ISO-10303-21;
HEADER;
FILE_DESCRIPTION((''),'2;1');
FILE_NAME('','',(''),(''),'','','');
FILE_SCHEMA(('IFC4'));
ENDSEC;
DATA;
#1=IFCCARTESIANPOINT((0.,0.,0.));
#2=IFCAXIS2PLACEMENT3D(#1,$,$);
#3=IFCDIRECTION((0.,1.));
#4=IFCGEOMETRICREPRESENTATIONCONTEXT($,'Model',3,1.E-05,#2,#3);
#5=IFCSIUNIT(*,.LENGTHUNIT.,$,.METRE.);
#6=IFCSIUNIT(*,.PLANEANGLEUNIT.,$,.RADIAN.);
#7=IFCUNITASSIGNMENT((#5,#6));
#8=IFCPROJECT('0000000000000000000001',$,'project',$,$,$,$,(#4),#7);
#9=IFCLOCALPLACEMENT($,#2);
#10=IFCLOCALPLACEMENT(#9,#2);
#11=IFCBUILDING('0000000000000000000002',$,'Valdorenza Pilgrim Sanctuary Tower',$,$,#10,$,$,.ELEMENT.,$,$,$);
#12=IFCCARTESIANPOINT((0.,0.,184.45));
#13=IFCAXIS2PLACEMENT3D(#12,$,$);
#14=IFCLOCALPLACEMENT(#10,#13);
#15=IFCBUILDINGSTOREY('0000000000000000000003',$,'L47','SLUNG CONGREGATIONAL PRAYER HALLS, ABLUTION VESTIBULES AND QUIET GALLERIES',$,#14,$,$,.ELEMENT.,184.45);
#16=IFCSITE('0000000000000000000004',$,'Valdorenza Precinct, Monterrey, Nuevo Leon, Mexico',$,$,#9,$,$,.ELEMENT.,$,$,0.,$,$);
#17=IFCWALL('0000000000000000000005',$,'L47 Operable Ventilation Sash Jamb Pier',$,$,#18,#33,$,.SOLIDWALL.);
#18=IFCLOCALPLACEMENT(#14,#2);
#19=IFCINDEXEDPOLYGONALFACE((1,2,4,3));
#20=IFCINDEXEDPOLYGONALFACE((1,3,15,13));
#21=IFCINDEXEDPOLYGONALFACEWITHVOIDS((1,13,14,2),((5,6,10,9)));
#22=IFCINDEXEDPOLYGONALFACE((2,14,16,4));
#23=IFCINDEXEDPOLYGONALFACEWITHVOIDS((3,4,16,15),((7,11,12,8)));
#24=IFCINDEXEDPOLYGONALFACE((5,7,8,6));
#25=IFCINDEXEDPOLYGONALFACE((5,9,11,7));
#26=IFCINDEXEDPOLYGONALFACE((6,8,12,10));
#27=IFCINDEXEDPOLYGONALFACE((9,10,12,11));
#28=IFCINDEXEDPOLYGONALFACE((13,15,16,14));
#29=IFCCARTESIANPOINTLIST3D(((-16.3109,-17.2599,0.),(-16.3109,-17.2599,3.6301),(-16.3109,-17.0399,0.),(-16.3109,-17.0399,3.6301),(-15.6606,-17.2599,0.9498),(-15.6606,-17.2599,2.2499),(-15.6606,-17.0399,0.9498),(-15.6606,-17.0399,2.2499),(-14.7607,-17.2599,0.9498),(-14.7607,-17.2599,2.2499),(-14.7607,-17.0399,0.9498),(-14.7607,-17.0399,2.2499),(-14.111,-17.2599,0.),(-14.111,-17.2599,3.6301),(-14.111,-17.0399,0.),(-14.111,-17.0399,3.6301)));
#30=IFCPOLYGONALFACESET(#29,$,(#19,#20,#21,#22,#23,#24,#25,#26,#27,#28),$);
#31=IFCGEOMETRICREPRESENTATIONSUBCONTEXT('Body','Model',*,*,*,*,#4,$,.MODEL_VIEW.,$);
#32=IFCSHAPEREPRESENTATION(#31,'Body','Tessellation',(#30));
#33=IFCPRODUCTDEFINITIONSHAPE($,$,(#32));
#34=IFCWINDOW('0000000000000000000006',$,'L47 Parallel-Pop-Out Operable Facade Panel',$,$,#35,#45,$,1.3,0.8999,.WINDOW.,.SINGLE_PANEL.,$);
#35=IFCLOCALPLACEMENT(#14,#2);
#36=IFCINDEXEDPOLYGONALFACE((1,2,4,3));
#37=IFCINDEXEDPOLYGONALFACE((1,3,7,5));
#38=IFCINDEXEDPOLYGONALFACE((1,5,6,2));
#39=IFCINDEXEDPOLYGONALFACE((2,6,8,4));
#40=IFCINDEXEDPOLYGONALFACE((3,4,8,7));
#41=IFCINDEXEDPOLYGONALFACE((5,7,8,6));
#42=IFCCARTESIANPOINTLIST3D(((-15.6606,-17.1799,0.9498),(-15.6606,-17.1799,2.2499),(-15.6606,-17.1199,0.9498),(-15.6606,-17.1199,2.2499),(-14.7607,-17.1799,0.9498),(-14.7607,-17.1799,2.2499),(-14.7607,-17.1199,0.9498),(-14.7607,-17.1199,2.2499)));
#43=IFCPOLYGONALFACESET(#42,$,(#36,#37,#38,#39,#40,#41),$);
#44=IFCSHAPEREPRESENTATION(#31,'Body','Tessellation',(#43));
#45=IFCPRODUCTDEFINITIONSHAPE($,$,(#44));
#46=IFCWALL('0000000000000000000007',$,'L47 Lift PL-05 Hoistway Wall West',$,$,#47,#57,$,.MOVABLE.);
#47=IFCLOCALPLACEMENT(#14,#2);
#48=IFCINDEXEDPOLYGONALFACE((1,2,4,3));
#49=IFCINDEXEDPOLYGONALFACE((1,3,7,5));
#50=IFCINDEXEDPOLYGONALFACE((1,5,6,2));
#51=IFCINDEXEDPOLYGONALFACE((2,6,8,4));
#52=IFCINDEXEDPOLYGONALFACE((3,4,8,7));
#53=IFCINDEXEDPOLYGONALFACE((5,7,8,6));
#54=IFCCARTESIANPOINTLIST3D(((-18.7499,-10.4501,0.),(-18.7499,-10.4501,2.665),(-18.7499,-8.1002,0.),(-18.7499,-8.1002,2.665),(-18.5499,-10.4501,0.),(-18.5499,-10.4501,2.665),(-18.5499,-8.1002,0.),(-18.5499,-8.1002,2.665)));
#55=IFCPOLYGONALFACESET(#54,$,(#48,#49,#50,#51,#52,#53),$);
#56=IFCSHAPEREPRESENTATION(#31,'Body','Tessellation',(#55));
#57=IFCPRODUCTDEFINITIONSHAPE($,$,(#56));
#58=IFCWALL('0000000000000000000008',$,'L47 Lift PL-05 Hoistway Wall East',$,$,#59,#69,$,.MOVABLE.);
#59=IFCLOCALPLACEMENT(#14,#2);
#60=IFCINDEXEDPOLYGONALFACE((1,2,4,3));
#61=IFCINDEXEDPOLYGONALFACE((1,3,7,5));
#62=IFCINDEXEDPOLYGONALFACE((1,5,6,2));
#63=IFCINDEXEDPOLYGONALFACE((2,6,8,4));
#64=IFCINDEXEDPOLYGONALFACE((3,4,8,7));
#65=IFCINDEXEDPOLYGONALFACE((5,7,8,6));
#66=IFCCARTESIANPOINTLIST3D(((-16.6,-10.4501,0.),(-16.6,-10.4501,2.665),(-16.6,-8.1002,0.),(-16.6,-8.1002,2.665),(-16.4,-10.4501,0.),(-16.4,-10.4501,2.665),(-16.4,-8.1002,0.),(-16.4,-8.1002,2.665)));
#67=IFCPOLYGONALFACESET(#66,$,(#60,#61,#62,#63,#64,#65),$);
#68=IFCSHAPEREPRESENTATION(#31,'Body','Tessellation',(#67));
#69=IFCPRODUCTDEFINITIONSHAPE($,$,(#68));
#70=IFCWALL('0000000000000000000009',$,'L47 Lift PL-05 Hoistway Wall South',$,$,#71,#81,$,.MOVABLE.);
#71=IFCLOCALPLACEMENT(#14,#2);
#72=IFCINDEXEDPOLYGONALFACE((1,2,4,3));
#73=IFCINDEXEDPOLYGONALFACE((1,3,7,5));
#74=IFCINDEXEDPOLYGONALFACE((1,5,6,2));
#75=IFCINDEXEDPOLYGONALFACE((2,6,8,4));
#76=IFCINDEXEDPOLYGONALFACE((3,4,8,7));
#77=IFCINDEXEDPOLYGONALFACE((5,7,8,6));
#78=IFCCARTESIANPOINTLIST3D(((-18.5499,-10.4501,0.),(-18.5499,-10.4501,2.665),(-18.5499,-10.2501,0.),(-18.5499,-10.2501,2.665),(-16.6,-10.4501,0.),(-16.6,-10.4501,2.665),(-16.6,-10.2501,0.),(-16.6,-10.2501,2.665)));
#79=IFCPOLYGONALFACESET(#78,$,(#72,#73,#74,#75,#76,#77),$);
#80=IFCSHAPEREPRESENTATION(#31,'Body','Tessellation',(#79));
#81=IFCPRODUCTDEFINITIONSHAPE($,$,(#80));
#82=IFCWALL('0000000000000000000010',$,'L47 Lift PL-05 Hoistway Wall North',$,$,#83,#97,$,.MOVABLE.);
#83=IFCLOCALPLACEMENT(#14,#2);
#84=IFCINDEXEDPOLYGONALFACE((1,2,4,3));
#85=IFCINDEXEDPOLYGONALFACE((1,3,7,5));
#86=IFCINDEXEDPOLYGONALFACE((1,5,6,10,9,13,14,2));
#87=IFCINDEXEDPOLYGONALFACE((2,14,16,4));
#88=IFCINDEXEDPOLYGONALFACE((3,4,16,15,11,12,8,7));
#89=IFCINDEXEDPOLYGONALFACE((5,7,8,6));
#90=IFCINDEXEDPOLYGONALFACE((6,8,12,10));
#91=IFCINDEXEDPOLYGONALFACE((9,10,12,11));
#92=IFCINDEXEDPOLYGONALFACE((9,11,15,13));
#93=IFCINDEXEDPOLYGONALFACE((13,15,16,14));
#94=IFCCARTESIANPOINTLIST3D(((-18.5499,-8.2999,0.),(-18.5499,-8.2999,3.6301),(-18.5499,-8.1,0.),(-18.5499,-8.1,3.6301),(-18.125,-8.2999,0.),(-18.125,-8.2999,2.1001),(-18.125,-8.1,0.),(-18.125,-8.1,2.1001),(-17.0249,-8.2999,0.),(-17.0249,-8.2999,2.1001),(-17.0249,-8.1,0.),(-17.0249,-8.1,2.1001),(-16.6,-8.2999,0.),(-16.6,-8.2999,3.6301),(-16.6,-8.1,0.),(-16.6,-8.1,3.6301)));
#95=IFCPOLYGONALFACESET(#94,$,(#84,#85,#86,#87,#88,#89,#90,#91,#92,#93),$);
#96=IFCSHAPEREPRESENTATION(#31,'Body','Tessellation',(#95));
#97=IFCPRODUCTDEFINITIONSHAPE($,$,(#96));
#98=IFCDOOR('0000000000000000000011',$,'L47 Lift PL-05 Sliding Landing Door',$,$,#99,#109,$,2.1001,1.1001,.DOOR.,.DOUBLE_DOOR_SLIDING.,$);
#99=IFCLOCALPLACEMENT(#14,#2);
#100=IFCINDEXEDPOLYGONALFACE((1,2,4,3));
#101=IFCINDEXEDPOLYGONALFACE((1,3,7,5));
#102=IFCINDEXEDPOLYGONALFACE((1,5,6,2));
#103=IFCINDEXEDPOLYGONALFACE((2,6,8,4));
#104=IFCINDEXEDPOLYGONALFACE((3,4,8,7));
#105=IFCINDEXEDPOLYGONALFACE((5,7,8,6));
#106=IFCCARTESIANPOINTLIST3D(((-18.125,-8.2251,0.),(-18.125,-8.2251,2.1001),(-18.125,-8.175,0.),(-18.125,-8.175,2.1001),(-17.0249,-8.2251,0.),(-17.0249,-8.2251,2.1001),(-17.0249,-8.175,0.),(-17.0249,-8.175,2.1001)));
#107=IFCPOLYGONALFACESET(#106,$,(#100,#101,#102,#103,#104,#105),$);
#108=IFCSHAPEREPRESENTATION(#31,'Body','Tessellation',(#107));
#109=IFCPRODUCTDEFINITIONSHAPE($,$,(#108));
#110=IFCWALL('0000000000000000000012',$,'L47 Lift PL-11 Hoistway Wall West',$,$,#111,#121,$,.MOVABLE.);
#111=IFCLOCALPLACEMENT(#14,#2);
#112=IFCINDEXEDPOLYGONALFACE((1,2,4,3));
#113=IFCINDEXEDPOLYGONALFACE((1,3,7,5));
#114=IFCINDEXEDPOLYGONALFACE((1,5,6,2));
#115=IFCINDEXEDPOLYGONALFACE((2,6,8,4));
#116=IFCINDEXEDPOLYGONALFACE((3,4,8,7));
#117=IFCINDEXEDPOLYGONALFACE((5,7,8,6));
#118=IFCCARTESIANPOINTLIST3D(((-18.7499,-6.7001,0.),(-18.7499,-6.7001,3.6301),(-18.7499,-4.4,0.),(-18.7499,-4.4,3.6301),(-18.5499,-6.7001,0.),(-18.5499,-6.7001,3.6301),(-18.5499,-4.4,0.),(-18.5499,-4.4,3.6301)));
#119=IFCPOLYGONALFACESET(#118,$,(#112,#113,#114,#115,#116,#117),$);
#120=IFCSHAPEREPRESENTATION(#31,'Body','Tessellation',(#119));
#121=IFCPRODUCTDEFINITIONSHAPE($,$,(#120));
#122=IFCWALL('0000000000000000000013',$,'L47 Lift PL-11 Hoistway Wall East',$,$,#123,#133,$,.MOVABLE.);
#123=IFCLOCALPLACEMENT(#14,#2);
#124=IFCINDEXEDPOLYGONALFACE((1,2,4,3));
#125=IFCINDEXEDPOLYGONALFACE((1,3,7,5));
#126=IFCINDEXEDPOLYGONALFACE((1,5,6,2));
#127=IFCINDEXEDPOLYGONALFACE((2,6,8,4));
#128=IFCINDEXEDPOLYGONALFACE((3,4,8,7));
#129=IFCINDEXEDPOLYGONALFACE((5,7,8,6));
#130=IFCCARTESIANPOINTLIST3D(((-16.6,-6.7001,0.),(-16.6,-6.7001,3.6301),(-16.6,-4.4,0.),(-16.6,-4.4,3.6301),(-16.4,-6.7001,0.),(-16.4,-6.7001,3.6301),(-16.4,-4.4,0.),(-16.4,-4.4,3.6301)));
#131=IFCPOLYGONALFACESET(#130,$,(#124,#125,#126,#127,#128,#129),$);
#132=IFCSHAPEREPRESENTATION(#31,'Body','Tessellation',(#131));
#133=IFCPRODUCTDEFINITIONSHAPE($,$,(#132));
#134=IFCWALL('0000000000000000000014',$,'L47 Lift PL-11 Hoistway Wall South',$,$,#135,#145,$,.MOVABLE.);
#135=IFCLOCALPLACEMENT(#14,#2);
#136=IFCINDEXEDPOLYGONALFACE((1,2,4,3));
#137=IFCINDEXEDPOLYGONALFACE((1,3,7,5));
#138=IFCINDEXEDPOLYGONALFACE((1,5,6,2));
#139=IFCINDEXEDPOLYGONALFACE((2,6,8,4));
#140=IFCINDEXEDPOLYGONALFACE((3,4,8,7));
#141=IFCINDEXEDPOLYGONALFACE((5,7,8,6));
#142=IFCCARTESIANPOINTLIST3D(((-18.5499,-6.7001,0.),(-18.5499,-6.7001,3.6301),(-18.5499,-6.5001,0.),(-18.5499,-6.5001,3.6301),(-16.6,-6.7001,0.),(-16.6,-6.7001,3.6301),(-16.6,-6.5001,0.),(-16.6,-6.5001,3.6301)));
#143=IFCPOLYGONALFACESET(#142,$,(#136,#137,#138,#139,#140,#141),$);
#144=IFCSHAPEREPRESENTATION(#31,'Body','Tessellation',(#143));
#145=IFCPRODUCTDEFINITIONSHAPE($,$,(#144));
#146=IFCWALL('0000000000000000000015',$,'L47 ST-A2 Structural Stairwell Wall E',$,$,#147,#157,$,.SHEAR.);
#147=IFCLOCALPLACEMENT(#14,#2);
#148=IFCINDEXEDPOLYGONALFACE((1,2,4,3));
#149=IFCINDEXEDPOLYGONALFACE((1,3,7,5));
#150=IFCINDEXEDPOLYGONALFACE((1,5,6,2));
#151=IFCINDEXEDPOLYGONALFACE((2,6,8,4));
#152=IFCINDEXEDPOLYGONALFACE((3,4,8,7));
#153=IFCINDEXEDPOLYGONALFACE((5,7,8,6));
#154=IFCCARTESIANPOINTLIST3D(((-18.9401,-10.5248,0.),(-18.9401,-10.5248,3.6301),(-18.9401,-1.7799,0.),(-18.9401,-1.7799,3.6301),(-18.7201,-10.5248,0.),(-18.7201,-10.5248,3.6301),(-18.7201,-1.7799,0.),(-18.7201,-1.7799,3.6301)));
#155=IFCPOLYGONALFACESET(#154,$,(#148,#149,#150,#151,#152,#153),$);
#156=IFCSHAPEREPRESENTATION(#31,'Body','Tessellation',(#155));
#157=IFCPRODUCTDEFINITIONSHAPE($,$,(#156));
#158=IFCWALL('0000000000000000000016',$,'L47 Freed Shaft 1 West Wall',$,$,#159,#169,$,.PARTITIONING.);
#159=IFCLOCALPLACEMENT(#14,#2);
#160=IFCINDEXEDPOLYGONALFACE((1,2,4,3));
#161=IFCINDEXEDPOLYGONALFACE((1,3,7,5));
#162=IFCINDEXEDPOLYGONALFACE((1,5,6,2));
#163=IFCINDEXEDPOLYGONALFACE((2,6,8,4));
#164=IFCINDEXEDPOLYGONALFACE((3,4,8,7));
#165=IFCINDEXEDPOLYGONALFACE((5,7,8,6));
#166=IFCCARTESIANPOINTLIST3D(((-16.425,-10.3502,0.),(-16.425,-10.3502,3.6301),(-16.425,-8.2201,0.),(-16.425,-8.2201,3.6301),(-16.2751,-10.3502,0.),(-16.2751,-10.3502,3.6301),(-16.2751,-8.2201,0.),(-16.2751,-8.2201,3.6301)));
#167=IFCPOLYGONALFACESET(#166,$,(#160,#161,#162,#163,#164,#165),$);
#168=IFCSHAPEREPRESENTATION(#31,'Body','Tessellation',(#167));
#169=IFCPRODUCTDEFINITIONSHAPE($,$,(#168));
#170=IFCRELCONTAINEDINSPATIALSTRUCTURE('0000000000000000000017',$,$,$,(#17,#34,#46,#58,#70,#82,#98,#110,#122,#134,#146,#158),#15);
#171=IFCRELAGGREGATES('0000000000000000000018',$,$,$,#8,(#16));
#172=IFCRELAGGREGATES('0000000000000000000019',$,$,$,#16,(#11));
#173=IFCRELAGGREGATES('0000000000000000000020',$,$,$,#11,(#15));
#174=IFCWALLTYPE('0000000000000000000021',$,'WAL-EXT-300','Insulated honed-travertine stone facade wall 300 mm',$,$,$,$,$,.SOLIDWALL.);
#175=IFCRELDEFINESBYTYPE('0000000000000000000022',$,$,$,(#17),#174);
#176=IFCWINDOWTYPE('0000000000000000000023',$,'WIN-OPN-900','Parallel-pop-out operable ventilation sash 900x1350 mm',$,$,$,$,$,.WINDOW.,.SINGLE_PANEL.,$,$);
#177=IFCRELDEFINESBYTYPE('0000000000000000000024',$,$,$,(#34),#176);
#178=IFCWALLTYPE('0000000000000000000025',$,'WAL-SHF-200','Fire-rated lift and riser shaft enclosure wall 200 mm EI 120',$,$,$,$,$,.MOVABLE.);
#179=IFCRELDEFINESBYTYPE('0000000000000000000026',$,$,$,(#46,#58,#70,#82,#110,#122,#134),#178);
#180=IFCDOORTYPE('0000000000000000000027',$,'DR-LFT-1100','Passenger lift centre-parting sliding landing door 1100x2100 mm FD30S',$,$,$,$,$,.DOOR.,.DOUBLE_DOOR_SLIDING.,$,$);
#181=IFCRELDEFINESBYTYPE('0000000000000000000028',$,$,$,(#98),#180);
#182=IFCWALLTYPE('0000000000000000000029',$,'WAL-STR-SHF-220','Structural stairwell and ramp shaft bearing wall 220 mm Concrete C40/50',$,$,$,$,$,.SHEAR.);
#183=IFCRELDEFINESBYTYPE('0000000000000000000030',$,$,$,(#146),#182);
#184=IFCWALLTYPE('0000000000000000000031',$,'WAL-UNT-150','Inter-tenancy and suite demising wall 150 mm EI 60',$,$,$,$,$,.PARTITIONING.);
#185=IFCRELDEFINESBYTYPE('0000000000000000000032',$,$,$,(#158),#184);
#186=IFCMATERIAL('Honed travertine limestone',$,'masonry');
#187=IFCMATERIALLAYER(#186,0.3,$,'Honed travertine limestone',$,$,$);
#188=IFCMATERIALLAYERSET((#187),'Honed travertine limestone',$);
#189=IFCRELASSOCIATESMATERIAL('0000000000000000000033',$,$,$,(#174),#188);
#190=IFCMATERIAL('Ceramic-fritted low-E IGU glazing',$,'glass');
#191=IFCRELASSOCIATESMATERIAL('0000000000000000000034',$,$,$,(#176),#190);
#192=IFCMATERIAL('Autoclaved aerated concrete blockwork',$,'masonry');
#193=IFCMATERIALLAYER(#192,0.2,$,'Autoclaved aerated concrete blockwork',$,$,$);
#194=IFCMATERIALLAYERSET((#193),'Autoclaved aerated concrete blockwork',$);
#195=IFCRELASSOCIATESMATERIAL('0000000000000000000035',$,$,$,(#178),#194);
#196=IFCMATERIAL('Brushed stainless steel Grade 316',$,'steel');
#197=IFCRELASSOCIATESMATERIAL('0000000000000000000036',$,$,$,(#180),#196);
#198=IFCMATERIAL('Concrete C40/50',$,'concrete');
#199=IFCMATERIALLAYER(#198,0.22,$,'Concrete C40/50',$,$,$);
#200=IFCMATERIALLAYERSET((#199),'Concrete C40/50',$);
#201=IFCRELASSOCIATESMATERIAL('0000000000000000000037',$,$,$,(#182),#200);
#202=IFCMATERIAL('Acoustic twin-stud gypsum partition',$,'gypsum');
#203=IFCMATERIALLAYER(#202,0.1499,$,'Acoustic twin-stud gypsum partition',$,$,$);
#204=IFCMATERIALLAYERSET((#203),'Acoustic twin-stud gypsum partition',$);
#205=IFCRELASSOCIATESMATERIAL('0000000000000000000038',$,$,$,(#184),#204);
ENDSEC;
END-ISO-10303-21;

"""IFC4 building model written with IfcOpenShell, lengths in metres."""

from ifc_helpers import new_model, si_unit, direction, frame, frame_2d, origin, place, context, subcontext, project, spatial, rectangle, extrude, material, layer, layer_set, type_object, element, fill, save


model = new_model("IFC4")

# Units and contexts
model_context = context("Model", 3, precision=1e-05, world=origin(), true_north=direction((0.0, 1.0)))
body_context = subcontext(model_context, "Body", "Model", "MODEL_VIEW")
ifc_project = project(units=[si_unit("LENGTHUNIT", "METRE"), si_unit("PLANEANGLEUNIT", "RADIAN")], contexts=[model_context])

# Site, building, storey
site_placement = place(None, origin())
site = spatial("IfcSite", under=ifc_project, at=site_placement, Name="Valdorenza Precinct, Monterrey, Nuevo Leon, Mexico", CompositionType="ELEMENT", RefElevation=0.0)
building_placement = place(site_placement, origin())
building = spatial("IfcBuilding", under=site, at=building_placement, Name="Valdorenza Pilgrim Sanctuary Tower", CompositionType="ELEMENT")
storey_placement = place(building_placement, frame((0.0, 0.0, 184.45)))
storey = spatial("IfcBuildingStorey", under=building, at=storey_placement, Name="L47", Description="SLUNG CONGREGATIONAL PRAYER HALLS, ABLUTION VESTIBULES AND QUIET GALLERIES", CompositionType="ELEMENT", Elevation=184.45)

# Shared definitions
ifc_material_1 = material(Name="Honed travertine limestone", Category="masonry")
ifc_material_2 = material(Name="Ceramic-fritted low-E IGU glazing", Category="glass")

# Shared definitions
ifc_material_3 = material(Name="Acoustic twin-stud gypsum partition", Category="gypsum")

# Wall, opening, window
ifc_layer_1 = layer(ifc_material_1, 0.3, Name="Honed travertine limestone")
ifc_layer_set_1 = layer_set([ifc_layer_1], Name="Honed travertine limestone")
wall_type_1 = type_object("IfcWallType", Name="WAL-EXT-300", Description="Insulated honed-travertine stone facade wall 300 mm", PredefinedType="SOLIDWALL", material=ifc_layer_set_1)
wall_1_placement = place(storey_placement, frame((-14.1108, -17.1499, 0.0), z_axis=(0.0, 0.0, 1.0), x_axis=(-1.0, 0.0, 0.0)))
wall_1 = element("IfcWall", 1, at=wall_1_placement, inside=storey, type_object=wall_type_1, Name="L47 Operable Ventilation Sash Jamb Pier", PredefinedType="SOLIDWALL", context=body_context, shape_type="SweptSolid", body=[
    extrude(rectangle(XDim=2.2, YDim=0.22, at=frame_2d((1.1001, 0.0))), origin(), (0.0, 0.0, 1.0), 3.6301),
])
opening_1_placement = place(wall_1_placement, frame((0.6499, 0.0, 0.95)))
opening_1 = element("IfcOpeningElement", 2, at=opening_1_placement, cuts=wall_1, PredefinedType="OPENING", context=body_context, shape_type="SweptSolid", body=[
    extrude(rectangle(XDim=0.8999, YDim=1.3, at=frame_2d((0.45, 0.6499))), frame((0.0, 0.125, 0.0), z_axis=(0.0, -1.0, 0.0), x_axis=(1.0, 0.0, 0.0)), (0.0, 0.0, 1.0), 0.2498),
])
window_type = type_object("IfcWindowType", Name="WIN-OPN-900", Description="Parallel-pop-out operable ventilation sash 900x1350 mm", PartitioningType="SINGLE_PANEL", PredefinedType="WINDOW", material=ifc_material_2)
window_placement = place(opening_1_placement, origin())
window = element("IfcWindow", 3, at=window_placement, inside=storey, type_object=window_type, Name="L47 Parallel-Pop-Out Operable Facade Panel", OverallHeight=1.3, OverallWidth=0.8999, PartitioningType="SINGLE_PANEL", PredefinedType="WINDOW", context=body_context, shape_type="SweptSolid", body=[
    extrude(rectangle(XDim=0.8999, YDim=1.3, at=frame_2d((0.45, 0.6499))), frame((0.0, 0.03, 0.0), z_axis=(0.0, -1.0, 0.0), x_axis=(1.0, 0.0, 0.0)), (0.0, 0.0, 1.0), 0.0601),
])
fill(opening_1, window)

# Walls
ifc_material_4 = material(Name="Autoclaved aerated concrete blockwork", Category="masonry")
ifc_layer_2 = layer(ifc_material_4, 0.2, Name="Autoclaved aerated concrete blockwork")
ifc_layer_set_2 = layer_set([ifc_layer_2], Name="Autoclaved aerated concrete blockwork")
wall_type_2 = type_object("IfcWallType", Name="WAL-SHF-200", Description="Fire-rated lift and riser shaft enclosure wall 200 mm EI 120", PredefinedType="MOVABLE", material=ifc_layer_set_2)
for number, where, z_axis, x_axis, name in (
    (4, (-18.6499, -10.45, 0.0), (0.0, 0.0, 1.0), (0.0, 1.0, 0.0), "L47 Lift PL-05 Hoistway Wall West"),
    (5, (-16.5, -10.45, 0.0), (0.0, 0.0, 1.0), (0.0, 1.0, 0.0), "L47 Lift PL-05 Hoistway Wall East"),
):
    element("IfcWall", number, at=place(storey_placement, frame(where, z_axis=z_axis, x_axis=x_axis)), inside=storey, type_object=wall_type_2, Name=name, PredefinedType="MOVABLE", context=body_context, shape_type="SweptSolid", body=[
        extrude(rectangle(XDim=2.3499, YDim=0.2, at=frame_2d((1.1748, 0.0))), origin(), (0.0, 0.0, 1.0), 2.665),
    ])
wall_2_placement = place(storey_placement, frame((-18.55, -10.3501, 0.0), z_axis=(0.0, 0.0, 1.0), x_axis=(1.0, 0.0, 0.0)))
element("IfcWall", 6, at=wall_2_placement, inside=storey, type_object=wall_type_2, Name="L47 Lift PL-05 Hoistway Wall South", PredefinedType="MOVABLE", context=body_context, shape_type="SweptSolid", body=[
    extrude(rectangle(XDim=1.95, YDim=0.2, at=frame_2d((0.9751, 0.0))), origin(), (0.0, 0.0, 1.0), 2.665),
])

# Wall, opening, door
wall_3_placement = place(storey_placement, frame((-18.55, -8.2, 0.0), z_axis=(0.0, 0.0, 1.0), x_axis=(1.0, 0.0, 0.0)))
wall_3 = element("IfcWall", 7, at=wall_3_placement, inside=storey, type_object=wall_type_2, Name="L47 Lift PL-05 Hoistway Wall North", PredefinedType="MOVABLE", context=body_context, shape_type="SweptSolid", body=[
    extrude(rectangle(XDim=1.95, YDim=0.2, at=frame_2d((0.9751, 0.0))), origin(), (0.0, 0.0, 1.0), 3.6301),
])
opening_2_placement = place(wall_3_placement, frame((0.425, 0.0, 0.0)))
opening_2 = element("IfcOpeningElement", 8, at=opening_2_placement, cuts=wall_3, PredefinedType="OPENING", context=body_context, shape_type="SweptSolid", body=[
    extrude(rectangle(XDim=1.1001, YDim=2.1001, at=frame_2d((0.55, 1.05))), frame((0.0, 0.1147, 0.0), z_axis=(0.0, -1.0, 0.0), x_axis=(1.0, 0.0, 0.0)), (0.0, 0.0, 1.0), 0.2297),
])
ifc_material_5 = material(Name="Brushed stainless steel Grade 316", Category="steel")
door_type_1 = type_object("IfcDoorType", Name="DR-LFT-1100", Description="Passenger lift centre-parting sliding landing door 1100x2100 mm FD30S", OperationType="DOUBLE_DOOR_SLIDING", PredefinedType="DOOR", material=ifc_material_5)
door_1_placement = place(opening_2_placement, origin())
door_1 = element("IfcDoor", 9, at=door_1_placement, inside=storey, type_object=door_type_1, Name="L47 Lift PL-05 Sliding Landing Door", OperationType="DOUBLE_DOOR_SLIDING", OverallHeight=2.1001, OverallWidth=1.1001, PredefinedType="DOOR", context=body_context, shape_type="SweptSolid", body=[
    extrude(rectangle(XDim=1.1001, YDim=2.1001, at=frame_2d((0.55, 1.05))), frame((0.0, 0.0249, 0.0), z_axis=(0.0, -1.0, 0.0), x_axis=(1.0, 0.0, 0.0)), (0.0, 0.0, 1.0), 0.05),
])
fill(opening_2, door_1)

# Walls
for number, where, z_axis, x_axis, name in (
    (10, (-18.6499, -6.7, 0.0), (0.0, 0.0, 1.0), (0.0, 1.0, 0.0), "L47 Lift PL-11 Hoistway Wall West"),
    (11, (-16.5, -6.7, 0.0), (0.0, 0.0, 1.0), (0.0, 1.0, 0.0), "L47 Lift PL-11 Hoistway Wall East"),
):
    element("IfcWall", number, at=place(storey_placement, frame(where, z_axis=z_axis, x_axis=x_axis)), inside=storey, type_object=wall_type_2, Name=name, PredefinedType="MOVABLE", context=body_context, shape_type="SweptSolid", body=[
        extrude(rectangle(XDim=2.3, YDim=0.2, at=frame_2d((1.1499, 0.0))), origin(), (0.0, 0.0, 1.0), 3.6301),
    ])
wall_4_placement = place(storey_placement, frame((-18.55, -6.6001, 0.0), z_axis=(0.0, 0.0, 1.0), x_axis=(1.0, 0.0, 0.0)))
element("IfcWall", 12, at=wall_4_placement, inside=storey, type_object=wall_type_2, Name="L47 Lift PL-11 Hoistway Wall South", PredefinedType="MOVABLE", context=body_context, shape_type="SweptSolid", body=[
    extrude(rectangle(XDim=1.95, YDim=0.2, at=frame_2d((0.9751, 0.0))), origin(), (0.0, 0.0, 1.0), 3.6301),
])
ifc_material_6 = material(Name="Concrete C40/50", Category="concrete")
ifc_layer_3 = layer(ifc_material_6, 0.22, Name="Concrete C40/50")
ifc_layer_set_3 = layer_set([ifc_layer_3], Name="Concrete C40/50")
wall_type_3 = type_object("IfcWallType", Name="WAL-STR-SHF-220", Description="Structural stairwell and ramp shaft bearing wall 220 mm Concrete C40/50", PredefinedType="SHEAR", material=ifc_layer_set_3)
wall_5_placement = place(storey_placement, frame((-18.8301, -10.5249, 0.0), z_axis=(0.0, 0.0, 1.0), x_axis=(0.0, 1.0, 0.0)))
element("IfcWall", 13, at=wall_5_placement, inside=storey, type_object=wall_type_3, Name="L47 ST-A2 Structural Stairwell Wall E", PredefinedType="SHEAR", context=body_context, shape_type="SweptSolid", body=[
    extrude(rectangle(XDim=8.7449, YDim=0.22, at=frame_2d((4.3726, 0.0))), origin(), (0.0, 0.0, 1.0), 3.6301),
])
ifc_layer_4 = layer(ifc_material_3, 0.1499, Name="Acoustic twin-stud gypsum partition")
ifc_layer_set_4 = layer_set([ifc_layer_4], Name="Acoustic twin-stud gypsum partition")
wall_type_4 = type_object("IfcWallType", Name="WAL-UNT-150", Description="Inter-tenancy and suite demising wall 150 mm EI 60", PredefinedType="PARTITIONING", material=ifc_layer_set_4)
wall_6_placement = place(storey_placement, frame((-16.3501, -10.3501, 0.0), z_axis=(0.0, 0.0, 1.0), x_axis=(0.0, 1.0, 0.0)))
element("IfcWall", 14, at=wall_6_placement, inside=storey, type_object=wall_type_4, Name="L47 Freed Shaft 1 West Wall", PredefinedType="PARTITIONING", context=body_context, shape_type="SweptSolid", body=[
    extrude(rectangle(XDim=2.1301, YDim=0.1499, at=frame_2d((1.0649, 0.0))), origin(), (0.0, 0.0, 1.0), 3.6301),
])

save(model, "model.ifc")
